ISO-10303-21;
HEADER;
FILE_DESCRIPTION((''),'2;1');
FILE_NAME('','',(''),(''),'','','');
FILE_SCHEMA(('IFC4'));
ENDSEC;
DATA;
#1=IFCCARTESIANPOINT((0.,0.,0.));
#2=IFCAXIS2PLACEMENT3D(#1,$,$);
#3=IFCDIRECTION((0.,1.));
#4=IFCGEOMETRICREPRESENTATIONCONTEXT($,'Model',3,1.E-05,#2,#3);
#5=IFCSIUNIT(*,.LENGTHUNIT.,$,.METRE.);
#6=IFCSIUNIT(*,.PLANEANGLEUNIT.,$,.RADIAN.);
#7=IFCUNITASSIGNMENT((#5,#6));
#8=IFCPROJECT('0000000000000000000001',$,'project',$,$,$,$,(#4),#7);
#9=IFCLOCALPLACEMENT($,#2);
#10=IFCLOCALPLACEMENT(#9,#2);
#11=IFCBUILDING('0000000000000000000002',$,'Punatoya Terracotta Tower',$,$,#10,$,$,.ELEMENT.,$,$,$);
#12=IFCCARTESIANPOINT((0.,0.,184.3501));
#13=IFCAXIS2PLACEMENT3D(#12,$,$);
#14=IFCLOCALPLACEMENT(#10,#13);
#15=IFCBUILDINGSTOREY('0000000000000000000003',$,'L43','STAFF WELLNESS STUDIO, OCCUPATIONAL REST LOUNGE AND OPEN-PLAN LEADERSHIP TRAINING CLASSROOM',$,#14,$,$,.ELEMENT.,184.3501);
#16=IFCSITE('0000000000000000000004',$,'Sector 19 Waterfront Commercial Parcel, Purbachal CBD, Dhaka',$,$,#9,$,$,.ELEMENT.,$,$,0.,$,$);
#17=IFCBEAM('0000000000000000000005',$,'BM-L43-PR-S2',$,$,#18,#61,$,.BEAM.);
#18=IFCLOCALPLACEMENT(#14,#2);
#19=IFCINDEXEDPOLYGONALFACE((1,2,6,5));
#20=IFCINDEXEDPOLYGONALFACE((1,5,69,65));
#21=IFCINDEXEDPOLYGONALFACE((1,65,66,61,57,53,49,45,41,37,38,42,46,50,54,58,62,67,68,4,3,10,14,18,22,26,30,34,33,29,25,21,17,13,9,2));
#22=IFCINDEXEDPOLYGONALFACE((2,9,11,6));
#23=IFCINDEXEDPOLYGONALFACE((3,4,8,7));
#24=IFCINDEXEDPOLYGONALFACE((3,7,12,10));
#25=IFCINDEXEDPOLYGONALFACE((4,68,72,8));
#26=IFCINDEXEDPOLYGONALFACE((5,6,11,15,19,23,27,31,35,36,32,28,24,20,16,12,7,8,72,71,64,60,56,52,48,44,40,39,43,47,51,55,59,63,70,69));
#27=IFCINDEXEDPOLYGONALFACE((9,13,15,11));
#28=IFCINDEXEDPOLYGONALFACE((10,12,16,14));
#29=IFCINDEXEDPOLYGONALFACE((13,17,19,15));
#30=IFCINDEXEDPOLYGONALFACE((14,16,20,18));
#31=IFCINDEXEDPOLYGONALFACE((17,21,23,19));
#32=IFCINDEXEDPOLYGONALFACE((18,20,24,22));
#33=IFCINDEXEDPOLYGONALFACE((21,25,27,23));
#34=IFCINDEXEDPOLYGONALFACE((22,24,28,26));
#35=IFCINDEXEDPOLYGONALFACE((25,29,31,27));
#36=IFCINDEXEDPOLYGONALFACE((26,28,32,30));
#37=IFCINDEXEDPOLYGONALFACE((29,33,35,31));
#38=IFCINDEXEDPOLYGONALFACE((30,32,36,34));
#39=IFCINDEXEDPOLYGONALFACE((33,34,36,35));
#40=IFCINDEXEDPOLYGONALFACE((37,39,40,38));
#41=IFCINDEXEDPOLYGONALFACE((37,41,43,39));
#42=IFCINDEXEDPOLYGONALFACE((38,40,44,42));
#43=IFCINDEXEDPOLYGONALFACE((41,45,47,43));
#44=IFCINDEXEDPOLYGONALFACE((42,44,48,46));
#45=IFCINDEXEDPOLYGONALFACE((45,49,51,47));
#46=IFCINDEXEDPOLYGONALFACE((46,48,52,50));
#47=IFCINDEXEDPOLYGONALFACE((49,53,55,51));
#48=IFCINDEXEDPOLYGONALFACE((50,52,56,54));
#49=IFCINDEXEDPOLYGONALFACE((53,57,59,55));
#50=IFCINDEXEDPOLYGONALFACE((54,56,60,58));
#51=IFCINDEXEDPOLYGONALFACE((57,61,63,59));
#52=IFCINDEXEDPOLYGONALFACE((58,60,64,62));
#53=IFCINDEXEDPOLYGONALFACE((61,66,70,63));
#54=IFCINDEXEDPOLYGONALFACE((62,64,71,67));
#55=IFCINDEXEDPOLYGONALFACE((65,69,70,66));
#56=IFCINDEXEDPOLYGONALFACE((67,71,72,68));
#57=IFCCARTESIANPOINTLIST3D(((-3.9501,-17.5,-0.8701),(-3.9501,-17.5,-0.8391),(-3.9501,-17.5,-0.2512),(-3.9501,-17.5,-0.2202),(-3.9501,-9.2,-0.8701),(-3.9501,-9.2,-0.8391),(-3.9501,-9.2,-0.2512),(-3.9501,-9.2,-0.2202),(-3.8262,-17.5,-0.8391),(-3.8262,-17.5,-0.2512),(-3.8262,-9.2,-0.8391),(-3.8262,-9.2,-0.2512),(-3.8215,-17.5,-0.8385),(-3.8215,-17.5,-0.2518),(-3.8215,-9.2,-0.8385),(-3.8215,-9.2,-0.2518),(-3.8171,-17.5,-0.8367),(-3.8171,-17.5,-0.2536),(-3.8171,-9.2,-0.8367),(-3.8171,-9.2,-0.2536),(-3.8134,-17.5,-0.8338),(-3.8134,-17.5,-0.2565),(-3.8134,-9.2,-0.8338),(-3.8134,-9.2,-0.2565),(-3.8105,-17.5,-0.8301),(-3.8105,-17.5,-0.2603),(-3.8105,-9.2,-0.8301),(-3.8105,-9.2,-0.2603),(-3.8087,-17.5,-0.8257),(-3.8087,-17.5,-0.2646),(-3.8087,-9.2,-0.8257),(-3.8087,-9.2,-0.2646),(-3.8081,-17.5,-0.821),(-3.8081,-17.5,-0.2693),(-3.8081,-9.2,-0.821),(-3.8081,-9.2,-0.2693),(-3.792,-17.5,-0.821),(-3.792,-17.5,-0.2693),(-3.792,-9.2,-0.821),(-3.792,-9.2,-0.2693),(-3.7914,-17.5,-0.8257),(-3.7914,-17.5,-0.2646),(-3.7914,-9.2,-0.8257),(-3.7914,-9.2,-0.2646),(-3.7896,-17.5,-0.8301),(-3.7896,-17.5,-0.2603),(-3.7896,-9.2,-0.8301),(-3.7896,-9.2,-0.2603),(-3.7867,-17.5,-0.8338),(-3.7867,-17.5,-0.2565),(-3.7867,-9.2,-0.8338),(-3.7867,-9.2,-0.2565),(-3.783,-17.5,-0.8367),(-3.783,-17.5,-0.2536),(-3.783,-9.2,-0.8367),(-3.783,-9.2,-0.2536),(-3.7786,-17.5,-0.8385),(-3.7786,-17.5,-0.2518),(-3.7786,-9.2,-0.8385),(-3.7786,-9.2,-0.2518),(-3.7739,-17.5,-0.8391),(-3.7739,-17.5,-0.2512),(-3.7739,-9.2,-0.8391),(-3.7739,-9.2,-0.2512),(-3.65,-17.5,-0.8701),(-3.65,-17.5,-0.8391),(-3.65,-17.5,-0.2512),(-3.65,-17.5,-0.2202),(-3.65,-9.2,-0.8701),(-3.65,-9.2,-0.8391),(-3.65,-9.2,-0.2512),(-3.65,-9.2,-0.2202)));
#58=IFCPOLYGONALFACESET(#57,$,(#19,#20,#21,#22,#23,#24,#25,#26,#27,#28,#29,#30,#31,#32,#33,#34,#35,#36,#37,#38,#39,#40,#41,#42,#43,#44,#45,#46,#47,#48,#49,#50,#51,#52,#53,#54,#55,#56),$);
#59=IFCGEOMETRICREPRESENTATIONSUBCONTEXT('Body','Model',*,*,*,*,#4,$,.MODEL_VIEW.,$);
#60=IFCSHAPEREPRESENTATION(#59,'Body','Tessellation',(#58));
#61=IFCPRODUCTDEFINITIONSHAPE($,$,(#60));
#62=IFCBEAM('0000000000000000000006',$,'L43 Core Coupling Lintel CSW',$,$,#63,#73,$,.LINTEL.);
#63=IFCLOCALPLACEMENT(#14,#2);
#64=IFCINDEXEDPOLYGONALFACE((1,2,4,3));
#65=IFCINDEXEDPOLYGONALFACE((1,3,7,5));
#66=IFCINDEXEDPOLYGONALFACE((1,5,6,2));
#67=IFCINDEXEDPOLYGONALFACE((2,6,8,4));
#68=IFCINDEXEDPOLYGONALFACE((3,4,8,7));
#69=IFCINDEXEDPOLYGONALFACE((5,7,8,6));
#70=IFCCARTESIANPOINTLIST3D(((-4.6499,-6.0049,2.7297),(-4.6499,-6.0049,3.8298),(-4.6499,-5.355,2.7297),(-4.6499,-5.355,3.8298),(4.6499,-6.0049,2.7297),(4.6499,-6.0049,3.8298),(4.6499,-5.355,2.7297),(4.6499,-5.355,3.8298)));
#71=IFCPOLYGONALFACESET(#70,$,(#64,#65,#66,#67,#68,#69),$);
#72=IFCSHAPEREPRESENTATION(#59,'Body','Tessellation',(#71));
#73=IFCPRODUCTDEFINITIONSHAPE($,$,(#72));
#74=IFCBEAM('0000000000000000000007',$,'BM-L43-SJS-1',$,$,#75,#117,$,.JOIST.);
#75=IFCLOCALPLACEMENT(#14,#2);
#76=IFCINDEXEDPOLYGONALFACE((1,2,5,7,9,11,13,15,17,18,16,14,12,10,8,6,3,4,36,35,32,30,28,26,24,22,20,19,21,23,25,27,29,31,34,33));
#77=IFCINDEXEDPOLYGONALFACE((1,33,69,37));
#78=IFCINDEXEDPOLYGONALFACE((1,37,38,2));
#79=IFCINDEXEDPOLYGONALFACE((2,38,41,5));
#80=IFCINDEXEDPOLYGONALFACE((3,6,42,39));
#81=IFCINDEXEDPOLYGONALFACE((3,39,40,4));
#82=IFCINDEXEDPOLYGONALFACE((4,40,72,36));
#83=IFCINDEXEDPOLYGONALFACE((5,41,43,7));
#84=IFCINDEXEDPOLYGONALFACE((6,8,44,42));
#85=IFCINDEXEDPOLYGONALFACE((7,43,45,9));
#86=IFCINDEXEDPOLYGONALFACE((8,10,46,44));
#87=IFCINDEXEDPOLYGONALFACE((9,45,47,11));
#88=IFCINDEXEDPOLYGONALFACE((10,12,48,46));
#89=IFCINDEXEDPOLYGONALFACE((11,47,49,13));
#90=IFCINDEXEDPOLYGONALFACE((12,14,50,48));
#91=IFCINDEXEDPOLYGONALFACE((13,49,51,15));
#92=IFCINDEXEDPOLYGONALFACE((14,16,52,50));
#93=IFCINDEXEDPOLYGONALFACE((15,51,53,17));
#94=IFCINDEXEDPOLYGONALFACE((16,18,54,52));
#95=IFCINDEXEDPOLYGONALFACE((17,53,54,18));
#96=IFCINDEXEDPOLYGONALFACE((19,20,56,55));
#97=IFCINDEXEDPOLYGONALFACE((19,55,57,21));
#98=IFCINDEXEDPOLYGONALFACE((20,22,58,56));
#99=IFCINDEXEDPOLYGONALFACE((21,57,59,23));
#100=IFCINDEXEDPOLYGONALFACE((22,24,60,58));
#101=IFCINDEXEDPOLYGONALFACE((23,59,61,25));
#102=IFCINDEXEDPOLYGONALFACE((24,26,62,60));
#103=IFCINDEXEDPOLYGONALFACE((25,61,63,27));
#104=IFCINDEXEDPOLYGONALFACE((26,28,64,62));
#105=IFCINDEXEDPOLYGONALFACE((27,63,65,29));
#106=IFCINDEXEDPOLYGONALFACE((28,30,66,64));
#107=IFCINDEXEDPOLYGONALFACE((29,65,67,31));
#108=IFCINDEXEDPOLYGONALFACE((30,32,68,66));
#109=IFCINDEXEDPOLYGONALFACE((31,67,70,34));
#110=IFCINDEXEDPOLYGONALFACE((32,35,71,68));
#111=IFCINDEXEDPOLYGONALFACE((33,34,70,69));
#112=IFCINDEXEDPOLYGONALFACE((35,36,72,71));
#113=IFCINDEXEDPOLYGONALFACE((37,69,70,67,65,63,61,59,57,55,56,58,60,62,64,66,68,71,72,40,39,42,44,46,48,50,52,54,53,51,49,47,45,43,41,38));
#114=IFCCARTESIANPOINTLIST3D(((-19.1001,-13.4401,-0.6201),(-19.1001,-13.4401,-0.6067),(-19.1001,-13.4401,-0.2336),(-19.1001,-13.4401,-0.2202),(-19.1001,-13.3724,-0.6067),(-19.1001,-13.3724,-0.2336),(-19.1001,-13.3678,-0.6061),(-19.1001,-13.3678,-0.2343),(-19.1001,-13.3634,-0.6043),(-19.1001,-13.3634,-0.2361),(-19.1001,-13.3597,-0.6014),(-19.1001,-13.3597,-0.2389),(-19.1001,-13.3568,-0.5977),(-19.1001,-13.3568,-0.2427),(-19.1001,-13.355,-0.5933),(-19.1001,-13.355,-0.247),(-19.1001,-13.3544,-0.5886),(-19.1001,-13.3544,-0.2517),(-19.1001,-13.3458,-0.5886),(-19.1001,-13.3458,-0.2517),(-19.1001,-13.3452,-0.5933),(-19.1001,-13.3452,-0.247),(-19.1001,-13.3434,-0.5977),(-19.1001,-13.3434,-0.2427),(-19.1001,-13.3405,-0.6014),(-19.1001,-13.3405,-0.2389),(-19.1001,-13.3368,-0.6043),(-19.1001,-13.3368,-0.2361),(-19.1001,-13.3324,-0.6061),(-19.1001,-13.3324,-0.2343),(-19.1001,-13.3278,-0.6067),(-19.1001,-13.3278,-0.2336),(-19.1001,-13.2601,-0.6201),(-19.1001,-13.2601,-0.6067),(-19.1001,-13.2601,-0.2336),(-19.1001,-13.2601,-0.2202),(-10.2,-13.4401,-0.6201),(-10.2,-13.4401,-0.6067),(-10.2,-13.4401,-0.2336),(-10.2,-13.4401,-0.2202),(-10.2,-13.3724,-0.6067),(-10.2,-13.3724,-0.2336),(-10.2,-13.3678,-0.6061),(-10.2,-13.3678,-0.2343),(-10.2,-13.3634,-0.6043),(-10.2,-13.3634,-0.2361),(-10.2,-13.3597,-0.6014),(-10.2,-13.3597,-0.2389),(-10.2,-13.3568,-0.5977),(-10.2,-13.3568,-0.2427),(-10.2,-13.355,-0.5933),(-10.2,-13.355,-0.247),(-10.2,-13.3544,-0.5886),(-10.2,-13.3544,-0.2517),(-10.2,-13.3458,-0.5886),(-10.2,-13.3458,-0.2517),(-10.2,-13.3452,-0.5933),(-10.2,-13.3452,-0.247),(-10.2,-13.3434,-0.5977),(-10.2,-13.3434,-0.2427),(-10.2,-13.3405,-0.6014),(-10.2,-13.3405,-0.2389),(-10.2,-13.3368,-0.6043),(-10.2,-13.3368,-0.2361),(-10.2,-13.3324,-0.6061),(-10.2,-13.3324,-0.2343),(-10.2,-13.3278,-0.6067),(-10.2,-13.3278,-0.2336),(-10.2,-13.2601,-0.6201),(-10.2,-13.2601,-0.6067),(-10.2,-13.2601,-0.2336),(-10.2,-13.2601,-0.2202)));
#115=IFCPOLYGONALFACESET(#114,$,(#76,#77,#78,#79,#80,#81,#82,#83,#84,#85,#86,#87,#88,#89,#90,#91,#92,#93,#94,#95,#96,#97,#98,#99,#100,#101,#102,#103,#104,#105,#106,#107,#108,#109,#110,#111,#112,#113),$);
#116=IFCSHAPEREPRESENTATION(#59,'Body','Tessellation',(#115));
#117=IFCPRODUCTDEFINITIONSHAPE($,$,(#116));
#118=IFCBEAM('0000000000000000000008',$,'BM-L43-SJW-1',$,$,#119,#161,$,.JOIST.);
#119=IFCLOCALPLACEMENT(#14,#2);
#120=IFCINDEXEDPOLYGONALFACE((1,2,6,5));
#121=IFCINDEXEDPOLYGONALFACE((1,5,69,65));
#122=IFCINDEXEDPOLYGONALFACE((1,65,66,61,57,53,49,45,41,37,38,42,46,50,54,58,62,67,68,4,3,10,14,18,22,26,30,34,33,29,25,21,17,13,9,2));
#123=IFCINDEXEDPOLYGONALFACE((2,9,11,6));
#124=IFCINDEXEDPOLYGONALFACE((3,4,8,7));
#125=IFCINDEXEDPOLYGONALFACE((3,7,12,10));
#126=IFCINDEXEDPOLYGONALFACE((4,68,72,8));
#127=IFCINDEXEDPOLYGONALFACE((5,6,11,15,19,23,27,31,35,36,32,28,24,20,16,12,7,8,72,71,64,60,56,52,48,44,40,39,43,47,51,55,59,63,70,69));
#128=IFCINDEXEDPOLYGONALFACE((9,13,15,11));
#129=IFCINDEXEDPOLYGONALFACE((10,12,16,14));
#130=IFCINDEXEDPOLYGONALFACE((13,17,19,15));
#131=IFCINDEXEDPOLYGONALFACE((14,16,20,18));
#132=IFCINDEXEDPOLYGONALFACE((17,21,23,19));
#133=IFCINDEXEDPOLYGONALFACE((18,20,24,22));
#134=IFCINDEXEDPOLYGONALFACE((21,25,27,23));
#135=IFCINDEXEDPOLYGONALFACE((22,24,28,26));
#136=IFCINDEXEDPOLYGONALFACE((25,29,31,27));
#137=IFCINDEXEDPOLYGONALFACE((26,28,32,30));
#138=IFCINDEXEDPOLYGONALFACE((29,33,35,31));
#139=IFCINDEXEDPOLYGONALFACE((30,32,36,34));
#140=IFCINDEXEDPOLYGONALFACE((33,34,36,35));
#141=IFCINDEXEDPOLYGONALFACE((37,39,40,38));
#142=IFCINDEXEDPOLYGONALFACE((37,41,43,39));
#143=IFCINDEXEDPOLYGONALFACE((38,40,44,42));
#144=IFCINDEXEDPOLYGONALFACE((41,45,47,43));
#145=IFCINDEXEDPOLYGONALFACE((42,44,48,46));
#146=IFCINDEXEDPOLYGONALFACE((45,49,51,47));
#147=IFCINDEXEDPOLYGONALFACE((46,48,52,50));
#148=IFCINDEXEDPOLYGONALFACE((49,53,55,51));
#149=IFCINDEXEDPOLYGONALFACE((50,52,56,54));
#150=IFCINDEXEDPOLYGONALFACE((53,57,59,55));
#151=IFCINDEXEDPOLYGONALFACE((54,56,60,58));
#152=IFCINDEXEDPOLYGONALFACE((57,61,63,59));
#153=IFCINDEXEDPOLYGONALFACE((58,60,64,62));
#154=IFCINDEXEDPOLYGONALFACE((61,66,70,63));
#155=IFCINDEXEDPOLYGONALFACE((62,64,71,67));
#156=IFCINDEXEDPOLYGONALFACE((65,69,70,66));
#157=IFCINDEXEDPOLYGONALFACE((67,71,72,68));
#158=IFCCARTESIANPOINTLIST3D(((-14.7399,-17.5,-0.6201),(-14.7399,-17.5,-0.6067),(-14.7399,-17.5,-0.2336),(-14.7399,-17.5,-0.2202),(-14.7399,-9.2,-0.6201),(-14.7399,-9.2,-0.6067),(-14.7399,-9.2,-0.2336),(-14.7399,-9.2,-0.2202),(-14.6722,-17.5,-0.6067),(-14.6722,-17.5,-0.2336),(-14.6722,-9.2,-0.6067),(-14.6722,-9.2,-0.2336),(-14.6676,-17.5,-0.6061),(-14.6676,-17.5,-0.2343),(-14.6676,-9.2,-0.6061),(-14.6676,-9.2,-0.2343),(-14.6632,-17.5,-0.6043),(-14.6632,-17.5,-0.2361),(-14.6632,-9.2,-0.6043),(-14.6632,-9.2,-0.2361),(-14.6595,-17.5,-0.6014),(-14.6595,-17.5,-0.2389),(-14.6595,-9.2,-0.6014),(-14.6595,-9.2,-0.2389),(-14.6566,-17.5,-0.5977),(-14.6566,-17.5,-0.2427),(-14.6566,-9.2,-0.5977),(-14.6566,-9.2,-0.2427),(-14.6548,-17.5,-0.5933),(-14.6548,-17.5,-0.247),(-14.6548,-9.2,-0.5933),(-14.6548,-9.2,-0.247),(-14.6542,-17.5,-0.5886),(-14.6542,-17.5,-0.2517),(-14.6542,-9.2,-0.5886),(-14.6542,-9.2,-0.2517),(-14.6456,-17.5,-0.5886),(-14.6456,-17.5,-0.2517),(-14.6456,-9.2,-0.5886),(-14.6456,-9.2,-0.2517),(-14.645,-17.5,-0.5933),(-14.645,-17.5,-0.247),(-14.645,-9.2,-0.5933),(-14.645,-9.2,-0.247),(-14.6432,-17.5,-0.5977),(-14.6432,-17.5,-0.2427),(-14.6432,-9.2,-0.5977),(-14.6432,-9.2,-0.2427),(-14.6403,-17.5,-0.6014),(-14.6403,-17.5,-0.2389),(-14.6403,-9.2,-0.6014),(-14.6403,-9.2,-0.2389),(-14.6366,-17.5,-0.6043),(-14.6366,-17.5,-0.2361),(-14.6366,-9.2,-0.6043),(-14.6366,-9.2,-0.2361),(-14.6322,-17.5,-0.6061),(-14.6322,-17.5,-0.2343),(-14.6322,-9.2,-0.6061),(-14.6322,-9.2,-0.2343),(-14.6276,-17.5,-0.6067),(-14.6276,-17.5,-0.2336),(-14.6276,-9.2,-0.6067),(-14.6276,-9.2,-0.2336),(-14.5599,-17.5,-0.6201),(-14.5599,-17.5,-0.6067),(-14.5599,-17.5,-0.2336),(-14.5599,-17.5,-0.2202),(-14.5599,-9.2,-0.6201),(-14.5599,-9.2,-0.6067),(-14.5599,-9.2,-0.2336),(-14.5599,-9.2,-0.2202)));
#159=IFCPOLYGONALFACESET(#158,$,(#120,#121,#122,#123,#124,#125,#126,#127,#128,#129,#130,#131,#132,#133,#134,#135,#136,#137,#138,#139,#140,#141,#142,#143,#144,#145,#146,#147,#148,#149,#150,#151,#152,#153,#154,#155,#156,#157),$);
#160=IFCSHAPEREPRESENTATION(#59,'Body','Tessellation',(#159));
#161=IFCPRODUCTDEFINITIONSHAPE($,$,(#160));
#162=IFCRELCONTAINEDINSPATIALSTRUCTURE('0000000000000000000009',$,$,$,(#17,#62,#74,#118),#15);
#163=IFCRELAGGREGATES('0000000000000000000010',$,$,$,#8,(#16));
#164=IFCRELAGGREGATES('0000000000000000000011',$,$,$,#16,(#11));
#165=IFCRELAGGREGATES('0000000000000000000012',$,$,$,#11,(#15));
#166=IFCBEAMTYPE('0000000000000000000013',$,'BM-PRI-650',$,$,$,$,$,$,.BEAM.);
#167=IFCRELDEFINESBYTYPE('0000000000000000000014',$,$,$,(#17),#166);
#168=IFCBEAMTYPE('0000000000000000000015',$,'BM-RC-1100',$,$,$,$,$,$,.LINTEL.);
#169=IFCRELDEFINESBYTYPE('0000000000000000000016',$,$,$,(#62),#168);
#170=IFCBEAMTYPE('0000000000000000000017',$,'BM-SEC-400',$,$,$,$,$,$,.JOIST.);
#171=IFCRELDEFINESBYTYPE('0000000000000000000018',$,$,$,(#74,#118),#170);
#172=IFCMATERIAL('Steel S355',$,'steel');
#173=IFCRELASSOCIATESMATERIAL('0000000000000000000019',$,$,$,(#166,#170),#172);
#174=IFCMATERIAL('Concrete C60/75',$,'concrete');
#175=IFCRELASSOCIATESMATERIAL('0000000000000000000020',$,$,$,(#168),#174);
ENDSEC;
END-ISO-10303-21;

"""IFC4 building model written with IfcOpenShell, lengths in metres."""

from ifc_helpers import new_model, si_unit, direction, frame, origin, origin_2d, place, context, subcontext, project, spatial, rectangle, i_section, extrude, material, material_profile, profile_set, type_object, element, save


model = new_model("IFC4")

# Units and contexts
model_context = context("Model", 3, precision=1e-05, world=origin(), true_north=direction((0.0, 1.0)))
body_context = subcontext(model_context, "Body", "Model", "MODEL_VIEW")
ifc_project = project(units=[si_unit("LENGTHUNIT", "METRE"), si_unit("PLANEANGLEUNIT", "RADIAN")], contexts=[model_context])

# Site, building, storey
site_placement = place(None, origin())
site = spatial("IfcSite", under=ifc_project, at=site_placement, Name="Sector 19 Waterfront Commercial Parcel, Purbachal CBD, Dhaka", CompositionType="ELEMENT", RefElevation=0.0)
building_placement = place(site_placement, origin())
building = spatial("IfcBuilding", under=site, at=building_placement, Name="Punatoya Terracotta Tower", CompositionType="ELEMENT")
storey_placement = place(building_placement, frame((0.0, 0.0, 184.3501)))
storey = spatial("IfcBuildingStorey", under=building, at=storey_placement, Name="L43", Description="STAFF WELLNESS STUDIO, OCCUPATIONAL REST LOUNGE AND OPEN-PLAN LEADERSHIP TRAINING CLASSROOM", CompositionType="ELEMENT", Elevation=184.3501)

# Beams
ifc_material_1 = material(Name="Steel S355", Category="steel")
ifc_material_profile_1 = material_profile(ifc_material_1, i_section(OverallWidth=0.3, OverallDepth=0.6499, WebThickness=0.0161, FlangeThickness=0.031, FilletRadius=0.0181, at=origin_2d()))
ifc_profile_set_1 = profile_set([ifc_material_profile_1], Name="Steel S355")
beam_type_1 = type_object("IfcBeamType", Name="BM-PRI-650", PredefinedType="BEAM", material=ifc_profile_set_1)
for number, where, z_axis, x_axis, name in (
    (1, (-3.8, -17.5, -0.5452), (0.0, 1.0, 0.0), (-1.0, 0.0, 0.0), "BM-L43-PR-S2"),
):
    element("IfcBeam", number, at=place(storey_placement, frame(where, z_axis=z_axis, x_axis=x_axis)), inside=storey, type_object=beam_type_1, Name=name, PredefinedType="BEAM", context=body_context, shape_type="SweptSolid", body=[
        extrude(i_section(OverallWidth=0.3, OverallDepth=0.6499, WebThickness=0.0161, FlangeThickness=0.031, FilletRadius=0.0181, at=origin_2d()), origin(), (0.0, 0.0, 1.0), 8.3),
    ])
ifc_material_2 = material(Name="Concrete C60/75", Category="concrete")
ifc_material_profile_2 = material_profile(ifc_material_2, rectangle(XDim=0.6499, YDim=1.1001, at=origin_2d()))
ifc_profile_set_2 = profile_set([ifc_material_profile_2], Name="Concrete C60/75")
beam_type_2 = type_object("IfcBeamType", Name="BM-RC-1100", PredefinedType="LINTEL", material=ifc_profile_set_2)
beam_1_placement = place(storey_placement, frame((-4.6499, -5.6799, 3.2798), z_axis=(1.0, 0.0, 0.0), x_axis=(0.0, 1.0, 0.0)))
element("IfcBeam", 2, at=beam_1_placement, inside=storey, type_object=beam_type_2, Name="L43 Core Coupling Lintel CSW", PredefinedType="LINTEL", context=body_context, shape_type="SweptSolid", body=[
    extrude(rectangle(XDim=0.6499, YDim=1.1001, at=origin_2d()), origin(), (0.0, 0.0, 1.0), 9.2998),
])
ifc_material_profile_3 = material_profile(ifc_material_1, i_section(OverallWidth=0.1799, OverallDepth=0.3999, WebThickness=0.0085, FlangeThickness=0.0134, FilletRadius=0.0181, at=origin_2d()))
ifc_profile_set_3 = profile_set([ifc_material_profile_3], Name="Steel S355")
beam_type_3 = type_object("IfcBeamType", Name="BM-SEC-400", PredefinedType="JOIST", material=ifc_profile_set_3)
beam_2_placement = place(storey_placement, frame((-19.1001, -13.3501, -0.4202), z_axis=(1.0, 0.0, 0.0), x_axis=(0.0, 1.0, 0.0)))
element("IfcBeam", 3, at=beam_2_placement, inside=storey, type_object=beam_type_3, Name="BM-L43-SJS-1", PredefinedType="JOIST", context=body_context, shape_type="SweptSolid", body=[
    extrude(i_section(OverallWidth=0.1799, OverallDepth=0.3999, WebThickness=0.0085, FlangeThickness=0.0134, FilletRadius=0.0181, at=origin_2d()), origin(), (0.0, 0.0, 1.0), 8.9001),
])
beam_3_placement = place(storey_placement, frame((-14.6499, -17.5, -0.4202), z_axis=(0.0, 1.0, 0.0), x_axis=(-1.0, 0.0, 0.0)))
element("IfcBeam", 4, at=beam_3_placement, inside=storey, type_object=beam_type_3, Name="BM-L43-SJW-1", PredefinedType="JOIST", context=body_context, shape_type="SweptSolid", body=[
    extrude(i_section(OverallWidth=0.1799, OverallDepth=0.3999, WebThickness=0.0085, FlangeThickness=0.0134, FilletRadius=0.0181, at=origin_2d()), origin(), (0.0, 0.0, 1.0), 8.3),
])

save(model, "model.ifc")
